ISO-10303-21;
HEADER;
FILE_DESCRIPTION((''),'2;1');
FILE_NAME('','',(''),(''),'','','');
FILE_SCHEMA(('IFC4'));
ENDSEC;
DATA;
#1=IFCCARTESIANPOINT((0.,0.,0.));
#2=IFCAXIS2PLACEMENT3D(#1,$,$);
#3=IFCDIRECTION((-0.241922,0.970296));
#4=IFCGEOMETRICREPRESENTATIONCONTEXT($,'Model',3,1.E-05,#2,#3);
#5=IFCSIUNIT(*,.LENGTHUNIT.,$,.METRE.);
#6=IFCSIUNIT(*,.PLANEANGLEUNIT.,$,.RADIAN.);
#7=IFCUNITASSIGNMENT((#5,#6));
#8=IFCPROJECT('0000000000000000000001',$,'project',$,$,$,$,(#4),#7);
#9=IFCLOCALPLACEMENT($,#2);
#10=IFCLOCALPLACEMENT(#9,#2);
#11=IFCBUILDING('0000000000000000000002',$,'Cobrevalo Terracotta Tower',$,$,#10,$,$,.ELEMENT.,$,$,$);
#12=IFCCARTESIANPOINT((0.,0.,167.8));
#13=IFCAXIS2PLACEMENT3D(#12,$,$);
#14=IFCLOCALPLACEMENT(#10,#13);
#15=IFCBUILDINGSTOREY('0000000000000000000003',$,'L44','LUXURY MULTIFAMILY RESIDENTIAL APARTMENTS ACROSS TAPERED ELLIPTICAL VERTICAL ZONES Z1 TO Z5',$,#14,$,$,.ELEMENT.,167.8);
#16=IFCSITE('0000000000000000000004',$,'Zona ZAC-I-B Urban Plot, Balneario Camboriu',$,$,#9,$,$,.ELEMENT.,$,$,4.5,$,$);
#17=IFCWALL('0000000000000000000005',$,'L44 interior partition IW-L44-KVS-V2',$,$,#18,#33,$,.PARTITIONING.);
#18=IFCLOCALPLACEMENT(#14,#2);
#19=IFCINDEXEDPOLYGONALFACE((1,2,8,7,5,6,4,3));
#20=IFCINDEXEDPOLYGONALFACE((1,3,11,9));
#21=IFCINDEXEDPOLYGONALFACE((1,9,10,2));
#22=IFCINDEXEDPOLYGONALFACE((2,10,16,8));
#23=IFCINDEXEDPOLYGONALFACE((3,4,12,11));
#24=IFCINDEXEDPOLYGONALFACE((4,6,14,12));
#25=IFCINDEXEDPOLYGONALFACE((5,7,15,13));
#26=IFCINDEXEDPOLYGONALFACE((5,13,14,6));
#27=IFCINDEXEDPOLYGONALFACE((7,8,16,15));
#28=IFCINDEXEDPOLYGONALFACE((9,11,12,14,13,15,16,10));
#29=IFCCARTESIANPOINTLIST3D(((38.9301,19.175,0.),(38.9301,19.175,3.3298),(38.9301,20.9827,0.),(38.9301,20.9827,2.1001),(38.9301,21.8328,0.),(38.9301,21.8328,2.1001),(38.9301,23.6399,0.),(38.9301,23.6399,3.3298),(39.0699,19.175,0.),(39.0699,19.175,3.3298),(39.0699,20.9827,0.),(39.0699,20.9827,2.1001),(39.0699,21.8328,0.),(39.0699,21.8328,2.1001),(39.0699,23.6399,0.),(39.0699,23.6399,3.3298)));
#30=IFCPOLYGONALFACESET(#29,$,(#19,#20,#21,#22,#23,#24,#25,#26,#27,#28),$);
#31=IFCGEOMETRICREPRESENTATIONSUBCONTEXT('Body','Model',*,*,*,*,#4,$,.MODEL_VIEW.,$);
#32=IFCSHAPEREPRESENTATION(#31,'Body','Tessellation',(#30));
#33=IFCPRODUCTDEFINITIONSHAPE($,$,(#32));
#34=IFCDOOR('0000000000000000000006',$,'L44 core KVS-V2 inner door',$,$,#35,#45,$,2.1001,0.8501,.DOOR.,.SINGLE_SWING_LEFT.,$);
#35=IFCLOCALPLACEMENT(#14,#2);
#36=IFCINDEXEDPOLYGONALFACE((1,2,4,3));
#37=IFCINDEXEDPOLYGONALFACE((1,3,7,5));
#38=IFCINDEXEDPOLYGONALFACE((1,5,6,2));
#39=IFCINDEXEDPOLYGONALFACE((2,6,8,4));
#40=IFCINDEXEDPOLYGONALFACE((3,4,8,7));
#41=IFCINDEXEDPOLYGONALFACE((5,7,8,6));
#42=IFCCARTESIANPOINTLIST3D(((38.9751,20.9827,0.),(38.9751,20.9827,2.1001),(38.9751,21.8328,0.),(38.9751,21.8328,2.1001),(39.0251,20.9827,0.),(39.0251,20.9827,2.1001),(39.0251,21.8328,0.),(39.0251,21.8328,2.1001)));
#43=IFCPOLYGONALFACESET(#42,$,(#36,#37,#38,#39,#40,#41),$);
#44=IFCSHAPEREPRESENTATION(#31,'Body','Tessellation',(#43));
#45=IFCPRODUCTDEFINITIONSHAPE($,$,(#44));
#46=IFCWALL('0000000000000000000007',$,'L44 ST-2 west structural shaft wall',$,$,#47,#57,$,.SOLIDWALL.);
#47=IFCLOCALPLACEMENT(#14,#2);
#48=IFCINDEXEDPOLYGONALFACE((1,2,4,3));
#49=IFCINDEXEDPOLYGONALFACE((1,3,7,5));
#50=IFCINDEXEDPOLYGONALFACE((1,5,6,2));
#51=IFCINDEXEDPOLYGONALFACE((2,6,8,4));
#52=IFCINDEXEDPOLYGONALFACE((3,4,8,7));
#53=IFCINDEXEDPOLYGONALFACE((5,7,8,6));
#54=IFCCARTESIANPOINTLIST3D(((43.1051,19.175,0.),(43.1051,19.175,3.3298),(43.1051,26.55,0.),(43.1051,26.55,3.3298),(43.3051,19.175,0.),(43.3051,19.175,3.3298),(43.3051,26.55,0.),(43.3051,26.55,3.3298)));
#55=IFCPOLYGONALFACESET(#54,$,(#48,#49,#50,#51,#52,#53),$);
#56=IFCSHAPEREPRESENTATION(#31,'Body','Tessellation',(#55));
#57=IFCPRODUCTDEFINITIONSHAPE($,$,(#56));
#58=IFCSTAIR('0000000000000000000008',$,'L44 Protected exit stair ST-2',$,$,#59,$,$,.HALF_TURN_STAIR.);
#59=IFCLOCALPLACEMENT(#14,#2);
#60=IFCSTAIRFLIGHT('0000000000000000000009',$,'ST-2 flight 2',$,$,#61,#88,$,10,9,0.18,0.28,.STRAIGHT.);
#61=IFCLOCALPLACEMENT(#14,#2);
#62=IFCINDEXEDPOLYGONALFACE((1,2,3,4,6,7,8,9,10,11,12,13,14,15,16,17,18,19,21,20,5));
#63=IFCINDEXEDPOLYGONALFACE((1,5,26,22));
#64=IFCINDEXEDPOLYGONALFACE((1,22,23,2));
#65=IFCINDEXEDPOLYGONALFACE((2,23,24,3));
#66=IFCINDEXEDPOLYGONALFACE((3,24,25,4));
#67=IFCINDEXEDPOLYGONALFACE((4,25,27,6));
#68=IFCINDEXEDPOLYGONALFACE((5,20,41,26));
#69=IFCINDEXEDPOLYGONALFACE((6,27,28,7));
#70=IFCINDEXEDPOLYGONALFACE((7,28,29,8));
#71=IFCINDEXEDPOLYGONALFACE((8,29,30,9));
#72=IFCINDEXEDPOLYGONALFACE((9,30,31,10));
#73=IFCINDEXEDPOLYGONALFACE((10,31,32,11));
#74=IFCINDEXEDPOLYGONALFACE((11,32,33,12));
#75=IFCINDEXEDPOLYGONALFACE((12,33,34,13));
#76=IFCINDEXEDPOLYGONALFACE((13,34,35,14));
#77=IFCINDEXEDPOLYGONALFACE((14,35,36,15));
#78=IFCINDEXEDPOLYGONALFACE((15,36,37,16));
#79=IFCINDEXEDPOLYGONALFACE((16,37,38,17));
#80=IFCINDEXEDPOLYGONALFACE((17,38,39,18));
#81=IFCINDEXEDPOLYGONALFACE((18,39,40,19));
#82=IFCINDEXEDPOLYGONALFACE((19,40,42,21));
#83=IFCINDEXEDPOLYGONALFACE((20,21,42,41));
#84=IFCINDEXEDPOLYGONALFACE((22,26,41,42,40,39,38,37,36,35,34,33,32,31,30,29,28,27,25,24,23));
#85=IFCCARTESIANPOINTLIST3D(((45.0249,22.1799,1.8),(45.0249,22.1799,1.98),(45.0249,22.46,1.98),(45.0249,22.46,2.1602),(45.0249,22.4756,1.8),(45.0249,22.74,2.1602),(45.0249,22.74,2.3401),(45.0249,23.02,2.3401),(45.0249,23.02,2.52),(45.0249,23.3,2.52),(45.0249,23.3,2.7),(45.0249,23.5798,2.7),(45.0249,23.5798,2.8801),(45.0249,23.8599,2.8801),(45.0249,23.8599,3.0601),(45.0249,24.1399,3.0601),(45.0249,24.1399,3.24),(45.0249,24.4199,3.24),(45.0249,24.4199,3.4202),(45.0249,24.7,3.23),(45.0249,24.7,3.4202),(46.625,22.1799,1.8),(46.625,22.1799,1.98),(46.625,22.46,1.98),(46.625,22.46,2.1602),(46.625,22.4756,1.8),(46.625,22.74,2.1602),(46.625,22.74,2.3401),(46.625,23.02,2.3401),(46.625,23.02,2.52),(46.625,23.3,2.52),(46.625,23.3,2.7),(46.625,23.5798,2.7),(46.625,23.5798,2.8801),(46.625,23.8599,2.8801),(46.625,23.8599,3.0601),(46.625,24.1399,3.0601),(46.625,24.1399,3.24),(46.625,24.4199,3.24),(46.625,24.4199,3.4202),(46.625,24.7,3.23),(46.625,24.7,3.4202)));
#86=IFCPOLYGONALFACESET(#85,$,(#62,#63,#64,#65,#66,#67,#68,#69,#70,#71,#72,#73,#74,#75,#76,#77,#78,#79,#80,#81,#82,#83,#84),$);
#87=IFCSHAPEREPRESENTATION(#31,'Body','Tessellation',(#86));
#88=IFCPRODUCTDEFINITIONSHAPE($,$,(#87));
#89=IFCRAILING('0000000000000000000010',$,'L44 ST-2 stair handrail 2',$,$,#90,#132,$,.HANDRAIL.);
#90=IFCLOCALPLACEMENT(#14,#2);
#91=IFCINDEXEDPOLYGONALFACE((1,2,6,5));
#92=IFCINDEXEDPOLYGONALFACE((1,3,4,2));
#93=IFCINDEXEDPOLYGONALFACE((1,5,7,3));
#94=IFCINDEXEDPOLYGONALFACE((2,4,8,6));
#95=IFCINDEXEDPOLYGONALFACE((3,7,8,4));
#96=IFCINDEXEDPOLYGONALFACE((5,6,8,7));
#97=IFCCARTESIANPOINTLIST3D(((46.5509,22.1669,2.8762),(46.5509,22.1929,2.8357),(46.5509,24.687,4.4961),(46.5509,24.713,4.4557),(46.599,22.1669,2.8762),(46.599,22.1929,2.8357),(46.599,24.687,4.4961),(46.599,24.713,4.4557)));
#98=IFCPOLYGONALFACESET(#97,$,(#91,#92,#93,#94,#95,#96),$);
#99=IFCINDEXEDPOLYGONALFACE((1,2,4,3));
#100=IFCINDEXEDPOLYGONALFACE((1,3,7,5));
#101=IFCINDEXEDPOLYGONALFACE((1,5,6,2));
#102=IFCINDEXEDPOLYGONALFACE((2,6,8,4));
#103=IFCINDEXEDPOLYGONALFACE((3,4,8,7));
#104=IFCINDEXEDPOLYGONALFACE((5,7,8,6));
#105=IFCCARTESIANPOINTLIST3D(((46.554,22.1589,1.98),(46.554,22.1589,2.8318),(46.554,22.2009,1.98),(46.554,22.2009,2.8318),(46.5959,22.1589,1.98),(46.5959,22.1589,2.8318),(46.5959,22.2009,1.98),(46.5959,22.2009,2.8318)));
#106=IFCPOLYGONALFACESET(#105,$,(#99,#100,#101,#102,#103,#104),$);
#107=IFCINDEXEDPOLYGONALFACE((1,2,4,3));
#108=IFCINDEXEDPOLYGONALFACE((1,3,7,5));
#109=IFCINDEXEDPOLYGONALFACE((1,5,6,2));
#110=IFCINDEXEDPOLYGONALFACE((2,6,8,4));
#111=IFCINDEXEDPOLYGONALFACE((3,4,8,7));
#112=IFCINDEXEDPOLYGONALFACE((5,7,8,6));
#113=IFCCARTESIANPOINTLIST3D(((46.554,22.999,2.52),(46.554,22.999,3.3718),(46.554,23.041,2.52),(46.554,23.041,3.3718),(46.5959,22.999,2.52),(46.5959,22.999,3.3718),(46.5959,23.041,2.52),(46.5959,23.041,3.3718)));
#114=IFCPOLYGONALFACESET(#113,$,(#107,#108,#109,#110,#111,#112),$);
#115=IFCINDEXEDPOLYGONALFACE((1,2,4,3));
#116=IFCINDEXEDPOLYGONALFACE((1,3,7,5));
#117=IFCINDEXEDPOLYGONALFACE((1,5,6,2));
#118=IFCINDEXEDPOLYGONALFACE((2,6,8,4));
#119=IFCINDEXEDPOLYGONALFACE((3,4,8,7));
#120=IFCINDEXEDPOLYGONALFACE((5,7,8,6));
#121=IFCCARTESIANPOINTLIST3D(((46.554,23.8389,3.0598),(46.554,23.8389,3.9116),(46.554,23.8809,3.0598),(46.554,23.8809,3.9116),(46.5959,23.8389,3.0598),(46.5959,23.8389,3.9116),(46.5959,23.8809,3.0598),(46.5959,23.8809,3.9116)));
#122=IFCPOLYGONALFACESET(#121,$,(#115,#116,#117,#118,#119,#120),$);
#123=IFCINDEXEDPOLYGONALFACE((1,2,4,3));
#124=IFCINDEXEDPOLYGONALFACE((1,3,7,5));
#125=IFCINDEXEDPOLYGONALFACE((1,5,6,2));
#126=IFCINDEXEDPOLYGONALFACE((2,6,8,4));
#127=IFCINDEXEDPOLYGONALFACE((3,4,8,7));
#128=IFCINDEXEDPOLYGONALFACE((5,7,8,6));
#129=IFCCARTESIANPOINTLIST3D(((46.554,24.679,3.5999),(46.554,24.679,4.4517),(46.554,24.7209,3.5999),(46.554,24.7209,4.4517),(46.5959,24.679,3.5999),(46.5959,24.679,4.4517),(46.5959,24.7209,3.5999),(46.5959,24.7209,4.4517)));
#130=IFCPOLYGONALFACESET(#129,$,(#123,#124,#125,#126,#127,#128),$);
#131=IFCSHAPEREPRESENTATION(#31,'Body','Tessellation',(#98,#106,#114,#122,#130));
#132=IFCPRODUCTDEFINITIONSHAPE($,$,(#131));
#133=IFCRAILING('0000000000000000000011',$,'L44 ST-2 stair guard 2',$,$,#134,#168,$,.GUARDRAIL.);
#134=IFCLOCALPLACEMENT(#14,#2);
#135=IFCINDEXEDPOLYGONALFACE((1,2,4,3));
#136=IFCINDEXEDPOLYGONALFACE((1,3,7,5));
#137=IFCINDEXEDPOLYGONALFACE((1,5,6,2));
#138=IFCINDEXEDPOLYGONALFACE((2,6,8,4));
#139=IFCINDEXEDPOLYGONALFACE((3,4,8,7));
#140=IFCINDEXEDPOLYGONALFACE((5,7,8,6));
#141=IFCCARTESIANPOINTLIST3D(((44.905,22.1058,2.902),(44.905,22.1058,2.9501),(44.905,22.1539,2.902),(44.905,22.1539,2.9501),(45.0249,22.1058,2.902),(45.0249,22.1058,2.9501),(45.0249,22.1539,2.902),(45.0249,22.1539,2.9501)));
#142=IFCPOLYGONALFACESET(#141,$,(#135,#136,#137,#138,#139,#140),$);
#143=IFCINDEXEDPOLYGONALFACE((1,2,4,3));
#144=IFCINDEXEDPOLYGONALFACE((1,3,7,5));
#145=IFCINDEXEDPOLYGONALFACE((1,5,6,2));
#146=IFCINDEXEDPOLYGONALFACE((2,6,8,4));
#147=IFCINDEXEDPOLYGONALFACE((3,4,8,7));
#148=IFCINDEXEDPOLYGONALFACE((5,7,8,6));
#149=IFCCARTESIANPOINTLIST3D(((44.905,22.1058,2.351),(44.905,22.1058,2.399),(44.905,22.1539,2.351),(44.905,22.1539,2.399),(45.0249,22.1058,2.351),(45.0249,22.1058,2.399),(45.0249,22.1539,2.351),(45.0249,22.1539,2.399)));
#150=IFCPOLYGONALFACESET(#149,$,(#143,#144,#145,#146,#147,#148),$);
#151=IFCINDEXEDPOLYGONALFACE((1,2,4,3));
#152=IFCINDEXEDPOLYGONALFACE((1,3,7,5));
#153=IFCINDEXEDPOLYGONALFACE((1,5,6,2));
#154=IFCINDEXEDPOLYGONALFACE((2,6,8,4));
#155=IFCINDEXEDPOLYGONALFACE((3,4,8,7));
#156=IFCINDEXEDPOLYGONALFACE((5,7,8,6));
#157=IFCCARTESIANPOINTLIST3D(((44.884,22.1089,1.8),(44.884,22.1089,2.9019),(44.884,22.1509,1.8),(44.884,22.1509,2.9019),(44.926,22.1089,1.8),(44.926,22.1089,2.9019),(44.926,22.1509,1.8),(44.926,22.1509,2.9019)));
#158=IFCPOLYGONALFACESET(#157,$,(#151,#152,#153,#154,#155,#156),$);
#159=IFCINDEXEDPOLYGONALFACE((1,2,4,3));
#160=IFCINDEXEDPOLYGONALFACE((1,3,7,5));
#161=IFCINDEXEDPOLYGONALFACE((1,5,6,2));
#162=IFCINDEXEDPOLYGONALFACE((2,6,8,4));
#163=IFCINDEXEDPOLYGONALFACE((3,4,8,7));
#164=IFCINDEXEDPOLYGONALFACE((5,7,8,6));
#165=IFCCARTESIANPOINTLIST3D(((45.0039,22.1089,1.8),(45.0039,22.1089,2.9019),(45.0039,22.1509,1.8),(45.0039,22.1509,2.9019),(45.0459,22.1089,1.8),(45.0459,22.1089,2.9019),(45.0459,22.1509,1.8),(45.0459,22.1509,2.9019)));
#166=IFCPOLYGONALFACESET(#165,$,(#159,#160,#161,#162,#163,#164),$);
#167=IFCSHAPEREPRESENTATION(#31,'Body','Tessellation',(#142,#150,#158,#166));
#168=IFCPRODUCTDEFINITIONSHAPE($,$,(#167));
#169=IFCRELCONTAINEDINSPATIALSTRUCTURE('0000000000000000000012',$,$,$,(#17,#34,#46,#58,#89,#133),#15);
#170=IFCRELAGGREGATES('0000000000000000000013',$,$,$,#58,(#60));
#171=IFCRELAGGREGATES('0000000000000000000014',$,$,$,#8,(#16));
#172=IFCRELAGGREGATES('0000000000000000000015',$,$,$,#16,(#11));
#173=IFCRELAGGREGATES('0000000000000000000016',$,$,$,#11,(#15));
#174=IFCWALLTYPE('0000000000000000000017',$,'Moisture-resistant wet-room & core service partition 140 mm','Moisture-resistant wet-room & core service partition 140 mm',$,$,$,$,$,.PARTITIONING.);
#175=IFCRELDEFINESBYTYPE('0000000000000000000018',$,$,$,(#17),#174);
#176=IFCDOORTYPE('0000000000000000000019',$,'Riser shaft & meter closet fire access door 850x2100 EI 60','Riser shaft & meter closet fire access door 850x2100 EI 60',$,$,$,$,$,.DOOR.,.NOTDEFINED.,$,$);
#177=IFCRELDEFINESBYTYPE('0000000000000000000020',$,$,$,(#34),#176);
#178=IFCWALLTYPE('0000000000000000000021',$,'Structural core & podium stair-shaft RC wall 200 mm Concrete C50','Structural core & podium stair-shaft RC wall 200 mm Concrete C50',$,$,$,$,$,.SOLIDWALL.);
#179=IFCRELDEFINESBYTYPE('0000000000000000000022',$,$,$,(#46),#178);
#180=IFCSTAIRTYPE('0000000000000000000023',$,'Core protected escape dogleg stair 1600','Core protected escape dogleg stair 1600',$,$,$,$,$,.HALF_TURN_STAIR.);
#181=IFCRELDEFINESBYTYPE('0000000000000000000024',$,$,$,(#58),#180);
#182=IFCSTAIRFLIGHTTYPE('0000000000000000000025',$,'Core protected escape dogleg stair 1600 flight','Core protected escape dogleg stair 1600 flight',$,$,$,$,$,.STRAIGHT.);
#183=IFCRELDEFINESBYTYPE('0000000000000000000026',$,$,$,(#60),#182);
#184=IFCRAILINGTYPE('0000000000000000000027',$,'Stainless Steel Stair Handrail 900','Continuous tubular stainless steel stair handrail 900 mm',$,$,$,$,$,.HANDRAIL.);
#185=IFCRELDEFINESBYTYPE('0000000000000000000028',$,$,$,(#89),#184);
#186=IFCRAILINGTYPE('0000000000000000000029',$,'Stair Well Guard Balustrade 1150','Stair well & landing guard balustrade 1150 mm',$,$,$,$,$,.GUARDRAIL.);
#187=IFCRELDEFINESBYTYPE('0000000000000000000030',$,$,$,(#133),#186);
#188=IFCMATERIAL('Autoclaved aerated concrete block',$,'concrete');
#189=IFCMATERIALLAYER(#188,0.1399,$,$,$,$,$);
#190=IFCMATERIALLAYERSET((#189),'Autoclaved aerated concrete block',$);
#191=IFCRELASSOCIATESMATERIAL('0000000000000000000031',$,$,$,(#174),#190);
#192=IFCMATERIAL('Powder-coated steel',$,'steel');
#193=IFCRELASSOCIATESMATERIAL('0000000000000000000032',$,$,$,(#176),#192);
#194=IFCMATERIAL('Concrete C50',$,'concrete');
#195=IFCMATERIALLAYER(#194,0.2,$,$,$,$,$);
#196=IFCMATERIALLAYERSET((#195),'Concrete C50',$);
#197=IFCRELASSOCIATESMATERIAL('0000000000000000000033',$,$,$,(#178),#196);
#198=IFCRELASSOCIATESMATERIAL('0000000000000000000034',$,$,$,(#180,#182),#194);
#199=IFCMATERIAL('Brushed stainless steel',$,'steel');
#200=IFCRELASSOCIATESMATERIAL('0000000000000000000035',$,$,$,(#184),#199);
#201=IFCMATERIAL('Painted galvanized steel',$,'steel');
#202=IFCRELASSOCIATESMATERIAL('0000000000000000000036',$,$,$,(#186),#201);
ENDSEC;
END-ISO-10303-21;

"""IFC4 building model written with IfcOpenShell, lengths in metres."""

from ifc_helpers import new_model, si_unit, direction, frame, frame_2d, origin, origin_2d, place, context, subcontext, project, spatial, polyline, rectangle, outline, extrude, source, transform, mapped, material, layer, layer_set, type_object, element, fill, aggregate, save


model = new_model("IFC4")

# Units and contexts
model_context = context("Model", 3, precision=1e-05, world=origin(), true_north=direction((-0.241922, 0.970296)))
body_context = subcontext(model_context, "Body", "Model", "MODEL_VIEW")
ifc_project = project(units=[si_unit("LENGTHUNIT", "METRE"), si_unit("PLANEANGLEUNIT", "RADIAN")], contexts=[model_context])

# Site, building, storey
site_placement = place(None, origin())
site = spatial("IfcSite", under=ifc_project, at=site_placement, Name="Zona ZAC-I-B Urban Plot, Balneario Camboriu", CompositionType="ELEMENT", RefElevation=4.5)
building_placement = place(site_placement, origin())
building = spatial("IfcBuilding", under=site, at=building_placement, Name="Cobrevalo Terracotta Tower", CompositionType="ELEMENT")
storey_placement = place(building_placement, frame((0.0, 0.0, 167.8)))
storey = spatial("IfcBuildingStorey", under=building, at=storey_placement, Name="L44", Description="LUXURY MULTIFAMILY RESIDENTIAL APARTMENTS ACROSS TAPERED ELLIPTICAL VERTICAL ZONES Z1 TO Z5", CompositionType="ELEMENT", Elevation=167.8)

# Shared definitions
ifc_material_1 = material(Name="Autoclaved aerated concrete block", Category="concrete")

# Shared definitions
ifc_material_2 = material(Name="Concrete C50", Category="concrete")

# Shared definitions
ifc_layer_1 = layer(ifc_material_1, 0.1399)
ifc_layer_set_1 = layer_set([ifc_layer_1], Name="Autoclaved aerated concrete block")
wall_type_1 = type_object("IfcWallType", Name="Moisture-resistant wet-room & core service partition 140 mm", Description="Moisture-resistant wet-room & core service partition 140 mm", PredefinedType="PARTITIONING", material=ifc_layer_set_1)

# Wall, opening, door
ifc_material_3 = material(Name="Powder-coated steel", Category="steel")
door_type_1 = type_object("IfcDoorType", Name="Riser shaft & meter closet fire access door 850x2100 EI 60", Description="Riser shaft & meter closet fire access door 850x2100 EI 60", OperationType="NOTDEFINED", PredefinedType="DOOR", material=ifc_material_3)
shared_shape_1 = source(origin(), body_context, "Body", "SweptSolid", [
    extrude(rectangle(XDim=0.8501, YDim=2.1001, at=frame_2d((0.425, 1.05))), frame((0.0, 0.0249, 0.0), z_axis=(0.0, -1.0, 0.0), x_axis=(1.0, 0.0, 0.0)), (0.0, 0.0, 1.0), 0.05),
])
wall_1_placement = place(storey_placement, frame((39.0, 19.175, 0.0), z_axis=(0.0, 0.0, 1.0), x_axis=(0.0, 1.0, 0.0)))
wall_1 = element("IfcWall", 1, at=wall_1_placement, inside=storey, type_object=wall_type_1, Name="L44 interior partition IW-L44-KVS-V2", PredefinedType="PARTITIONING", context=body_context, shape_type="SweptSolid", body=[
    extrude(rectangle(XDim=4.4648, YDim=0.1399, at=frame_2d((2.2324, 0.0))), origin(), (0.0, 0.0, 1.0), 3.3298),
])
opening_1_placement = place(wall_1_placement, frame((1.8076, 0.0, 0.0)))
opening_1 = element("IfcOpeningElement", 2, at=opening_1_placement, cuts=wall_1, PredefinedType="OPENING", context=body_context, shape_type="SweptSolid", body=[
    extrude(rectangle(XDim=0.8501, YDim=2.1001, at=frame_2d((0.425, 1.05))), frame((0.0, 0.0801, 0.0), z_axis=(0.0, -1.0, 0.0), x_axis=(1.0, 0.0, 0.0)), (0.0, 0.0, 1.0), 0.1599),
])
door_1_placement = place(opening_1_placement, origin())
door_1 = element("IfcDoor", 3, at=door_1_placement, inside=storey, type_object=door_type_1, Name="L44 core KVS-V2 inner door", OperationType="SINGLE_SWING_LEFT", OverallHeight=2.1001, OverallWidth=0.8501, PredefinedType="DOOR", context=body_context, shape_type="MappedRepresentation", body=[
    mapped(shared_shape_1, transform((0.0, 0.0, 0.0), scale=1.0)),
])
fill(opening_1, door_1)

# Wall
ifc_layer_2 = layer(ifc_material_2, 0.2)
ifc_layer_set_2 = layer_set([ifc_layer_2], Name="Concrete C50")
wall_type_2 = type_object("IfcWallType", Name="Structural core & podium stair-shaft RC wall 200 mm Concrete C50", Description="Structural core & podium stair-shaft RC wall 200 mm Concrete C50", PredefinedType="SOLIDWALL", material=ifc_layer_set_2)
wall_2_placement = place(storey_placement, frame((43.2051, 19.175, 0.0), z_axis=(0.0, 0.0, 1.0), x_axis=(0.0, 1.0, 0.0)))
element("IfcWall", 4, at=wall_2_placement, inside=storey, type_object=wall_type_2, Name="L44 ST-2 west structural shaft wall", PredefinedType="SOLIDWALL", context=body_context, shape_type="SweptSolid", body=[
    extrude(rectangle(XDim=7.375, YDim=0.2, at=frame_2d((3.6875, 0.0))), origin(), (0.0, 0.0, 1.0), 3.3298),
])

# Stair, stair flight
stair_type = type_object("IfcStairType", Name="Core protected escape dogleg stair 1600", Description="Core protected escape dogleg stair 1600", PredefinedType="HALF_TURN_STAIR", material=ifc_material_2)
stair_placement = place(storey_placement, origin())
stair = element("IfcStair", 5, at=stair_placement, inside=storey, type_object=stair_type, Name="L44 Protected exit stair ST-2", PredefinedType="HALF_TURN_STAIR")
stair_flight_type = type_object("IfcStairFlightType", Name="Core protected escape dogleg stair 1600 flight", Description="Core protected escape dogleg stair 1600 flight", PredefinedType="STRAIGHT", material=ifc_material_2)
stair_flight_placement = place(storey_placement, frame((45.825, 22.1799, 1.8), z_axis=(0.0, 0.0, 1.0), x_axis=(0.0, 1.0, 0.0)))
stair_flight = element("IfcStairFlight", 6, at=stair_flight_placement, type_object=stair_flight_type, Name="ST-2 flight 2", NumberOfRisers=10, NumberOfTreads=9, PredefinedType="STRAIGHT", RiserHeight=0.18, TreadLength=0.28, context=body_context, shape_type="SweptSolid", body=[
    extrude(outline(polyline([(0.0, 0.0), (0.0, 0.1799), (0.28, 0.1799), (0.28, 0.3601), (0.5601, 0.3601), (0.5601, 0.54), (0.8401, 0.54), (0.8401, 0.72), (1.1201, 0.72), (1.1201, 0.8999), (1.3999, 0.8999), (1.3999, 1.0801), (1.6799, 1.0801), (1.6799, 1.26), (1.96, 1.26), (1.96, 1.4399), (2.24, 1.4399), (2.24, 1.6201), (2.52, 1.6201), (2.52, 1.8), (2.52, 1.4299), (0.2957, 0.0), (0.0, 0.0)])), frame((0.0, 0.8, 0.0), z_axis=(0.0, -1.0, 0.0), x_axis=(1.0, 0.0, 0.0)), (0.0, 0.0, 1.0), 1.6001),
])
aggregate(stair, [stair_flight])

# Railings
ifc_material_4 = material(Name="Brushed stainless steel", Category="steel")
railing_type_1 = type_object("IfcRailingType", Name="Stainless Steel Stair Handrail 900", Description="Continuous tubular stainless steel stair handrail 900 mm", PredefinedType="HANDRAIL", material=ifc_material_4)
railing_1_placement = place(storey_placement, frame((46.575, 22.1799, 1.98)))
element("IfcRailing", 7, at=railing_1_placement, inside=storey, type_object=railing_type_1, Name="L44 ST-2 stair handrail 2", PredefinedType="HANDRAIL", context=body_context, shape_type="SweptSolid", body=[
    extrude(rectangle(XDim=0.0481, YDim=0.0481, at=origin_2d()), frame((0.0, 0.0, 0.876), z_axis=(0.0, 0.8412, 0.540725), x_axis=(-1.0, 0.0, 0.0)), (0.0, 0.0, 1.0), 2.9958),
    extrude(rectangle(XDim=0.042, YDim=0.042, at=origin_2d()), origin(), (0.0, 0.0, 1.0), 0.8518),
    extrude(rectangle(XDim=0.042, YDim=0.042, at=origin_2d()), frame((0.0, 0.8401, 0.54)), (0.0, 0.0, 1.0), 0.8518),
    extrude(rectangle(XDim=0.042, YDim=0.042, at=origin_2d()), frame((0.0, 1.6799, 1.0798)), (0.0, 0.0, 1.0), 0.8518),
    extrude(rectangle(XDim=0.042, YDim=0.042, at=origin_2d()), frame((0.0, 2.52, 1.6199)), (0.0, 0.0, 1.0), 0.8518),
])
ifc_material_5 = material(Name="Painted galvanized steel", Category="steel")
railing_type_2 = type_object("IfcRailingType", Name="Stair Well Guard Balustrade 1150", Description="Stair well & landing guard balustrade 1150 mm", PredefinedType="GUARDRAIL", material=ifc_material_5)
railing_2_placement = place(storey_placement, frame((44.905, 22.1299, 1.8)))
element("IfcRailing", 8, at=railing_2_placement, inside=storey, type_object=railing_type_2, Name="L44 ST-2 stair guard 2", PredefinedType="GUARDRAIL", context=body_context, shape_type="SweptSolid", body=[
    extrude(rectangle(XDim=0.0481, YDim=0.0481, at=origin_2d()), frame((0.0, 0.0, 1.126), z_axis=(1.0, 0.0, 0.0), x_axis=(0.0, 1.0, 0.0)), (0.0, 0.0, 1.0), 0.1199),
    extrude(rectangle(XDim=0.0481, YDim=0.0481, at=origin_2d()), frame((0.0, 0.0, 0.575), z_axis=(1.0, 0.0, 0.0), x_axis=(0.0, 1.0, 0.0)), (0.0, 0.0, 1.0), 0.1199),
    extrude(rectangle(XDim=0.042, YDim=0.042, at=origin_2d()), origin(), (0.0, 0.0, 1.0), 1.1018),
    extrude(rectangle(XDim=0.042, YDim=0.042, at=origin_2d()), frame((0.1199, 0.0, 0.0)), (0.0, 0.0, 1.0), 1.1018),
])

save(model, "model.ifc")
